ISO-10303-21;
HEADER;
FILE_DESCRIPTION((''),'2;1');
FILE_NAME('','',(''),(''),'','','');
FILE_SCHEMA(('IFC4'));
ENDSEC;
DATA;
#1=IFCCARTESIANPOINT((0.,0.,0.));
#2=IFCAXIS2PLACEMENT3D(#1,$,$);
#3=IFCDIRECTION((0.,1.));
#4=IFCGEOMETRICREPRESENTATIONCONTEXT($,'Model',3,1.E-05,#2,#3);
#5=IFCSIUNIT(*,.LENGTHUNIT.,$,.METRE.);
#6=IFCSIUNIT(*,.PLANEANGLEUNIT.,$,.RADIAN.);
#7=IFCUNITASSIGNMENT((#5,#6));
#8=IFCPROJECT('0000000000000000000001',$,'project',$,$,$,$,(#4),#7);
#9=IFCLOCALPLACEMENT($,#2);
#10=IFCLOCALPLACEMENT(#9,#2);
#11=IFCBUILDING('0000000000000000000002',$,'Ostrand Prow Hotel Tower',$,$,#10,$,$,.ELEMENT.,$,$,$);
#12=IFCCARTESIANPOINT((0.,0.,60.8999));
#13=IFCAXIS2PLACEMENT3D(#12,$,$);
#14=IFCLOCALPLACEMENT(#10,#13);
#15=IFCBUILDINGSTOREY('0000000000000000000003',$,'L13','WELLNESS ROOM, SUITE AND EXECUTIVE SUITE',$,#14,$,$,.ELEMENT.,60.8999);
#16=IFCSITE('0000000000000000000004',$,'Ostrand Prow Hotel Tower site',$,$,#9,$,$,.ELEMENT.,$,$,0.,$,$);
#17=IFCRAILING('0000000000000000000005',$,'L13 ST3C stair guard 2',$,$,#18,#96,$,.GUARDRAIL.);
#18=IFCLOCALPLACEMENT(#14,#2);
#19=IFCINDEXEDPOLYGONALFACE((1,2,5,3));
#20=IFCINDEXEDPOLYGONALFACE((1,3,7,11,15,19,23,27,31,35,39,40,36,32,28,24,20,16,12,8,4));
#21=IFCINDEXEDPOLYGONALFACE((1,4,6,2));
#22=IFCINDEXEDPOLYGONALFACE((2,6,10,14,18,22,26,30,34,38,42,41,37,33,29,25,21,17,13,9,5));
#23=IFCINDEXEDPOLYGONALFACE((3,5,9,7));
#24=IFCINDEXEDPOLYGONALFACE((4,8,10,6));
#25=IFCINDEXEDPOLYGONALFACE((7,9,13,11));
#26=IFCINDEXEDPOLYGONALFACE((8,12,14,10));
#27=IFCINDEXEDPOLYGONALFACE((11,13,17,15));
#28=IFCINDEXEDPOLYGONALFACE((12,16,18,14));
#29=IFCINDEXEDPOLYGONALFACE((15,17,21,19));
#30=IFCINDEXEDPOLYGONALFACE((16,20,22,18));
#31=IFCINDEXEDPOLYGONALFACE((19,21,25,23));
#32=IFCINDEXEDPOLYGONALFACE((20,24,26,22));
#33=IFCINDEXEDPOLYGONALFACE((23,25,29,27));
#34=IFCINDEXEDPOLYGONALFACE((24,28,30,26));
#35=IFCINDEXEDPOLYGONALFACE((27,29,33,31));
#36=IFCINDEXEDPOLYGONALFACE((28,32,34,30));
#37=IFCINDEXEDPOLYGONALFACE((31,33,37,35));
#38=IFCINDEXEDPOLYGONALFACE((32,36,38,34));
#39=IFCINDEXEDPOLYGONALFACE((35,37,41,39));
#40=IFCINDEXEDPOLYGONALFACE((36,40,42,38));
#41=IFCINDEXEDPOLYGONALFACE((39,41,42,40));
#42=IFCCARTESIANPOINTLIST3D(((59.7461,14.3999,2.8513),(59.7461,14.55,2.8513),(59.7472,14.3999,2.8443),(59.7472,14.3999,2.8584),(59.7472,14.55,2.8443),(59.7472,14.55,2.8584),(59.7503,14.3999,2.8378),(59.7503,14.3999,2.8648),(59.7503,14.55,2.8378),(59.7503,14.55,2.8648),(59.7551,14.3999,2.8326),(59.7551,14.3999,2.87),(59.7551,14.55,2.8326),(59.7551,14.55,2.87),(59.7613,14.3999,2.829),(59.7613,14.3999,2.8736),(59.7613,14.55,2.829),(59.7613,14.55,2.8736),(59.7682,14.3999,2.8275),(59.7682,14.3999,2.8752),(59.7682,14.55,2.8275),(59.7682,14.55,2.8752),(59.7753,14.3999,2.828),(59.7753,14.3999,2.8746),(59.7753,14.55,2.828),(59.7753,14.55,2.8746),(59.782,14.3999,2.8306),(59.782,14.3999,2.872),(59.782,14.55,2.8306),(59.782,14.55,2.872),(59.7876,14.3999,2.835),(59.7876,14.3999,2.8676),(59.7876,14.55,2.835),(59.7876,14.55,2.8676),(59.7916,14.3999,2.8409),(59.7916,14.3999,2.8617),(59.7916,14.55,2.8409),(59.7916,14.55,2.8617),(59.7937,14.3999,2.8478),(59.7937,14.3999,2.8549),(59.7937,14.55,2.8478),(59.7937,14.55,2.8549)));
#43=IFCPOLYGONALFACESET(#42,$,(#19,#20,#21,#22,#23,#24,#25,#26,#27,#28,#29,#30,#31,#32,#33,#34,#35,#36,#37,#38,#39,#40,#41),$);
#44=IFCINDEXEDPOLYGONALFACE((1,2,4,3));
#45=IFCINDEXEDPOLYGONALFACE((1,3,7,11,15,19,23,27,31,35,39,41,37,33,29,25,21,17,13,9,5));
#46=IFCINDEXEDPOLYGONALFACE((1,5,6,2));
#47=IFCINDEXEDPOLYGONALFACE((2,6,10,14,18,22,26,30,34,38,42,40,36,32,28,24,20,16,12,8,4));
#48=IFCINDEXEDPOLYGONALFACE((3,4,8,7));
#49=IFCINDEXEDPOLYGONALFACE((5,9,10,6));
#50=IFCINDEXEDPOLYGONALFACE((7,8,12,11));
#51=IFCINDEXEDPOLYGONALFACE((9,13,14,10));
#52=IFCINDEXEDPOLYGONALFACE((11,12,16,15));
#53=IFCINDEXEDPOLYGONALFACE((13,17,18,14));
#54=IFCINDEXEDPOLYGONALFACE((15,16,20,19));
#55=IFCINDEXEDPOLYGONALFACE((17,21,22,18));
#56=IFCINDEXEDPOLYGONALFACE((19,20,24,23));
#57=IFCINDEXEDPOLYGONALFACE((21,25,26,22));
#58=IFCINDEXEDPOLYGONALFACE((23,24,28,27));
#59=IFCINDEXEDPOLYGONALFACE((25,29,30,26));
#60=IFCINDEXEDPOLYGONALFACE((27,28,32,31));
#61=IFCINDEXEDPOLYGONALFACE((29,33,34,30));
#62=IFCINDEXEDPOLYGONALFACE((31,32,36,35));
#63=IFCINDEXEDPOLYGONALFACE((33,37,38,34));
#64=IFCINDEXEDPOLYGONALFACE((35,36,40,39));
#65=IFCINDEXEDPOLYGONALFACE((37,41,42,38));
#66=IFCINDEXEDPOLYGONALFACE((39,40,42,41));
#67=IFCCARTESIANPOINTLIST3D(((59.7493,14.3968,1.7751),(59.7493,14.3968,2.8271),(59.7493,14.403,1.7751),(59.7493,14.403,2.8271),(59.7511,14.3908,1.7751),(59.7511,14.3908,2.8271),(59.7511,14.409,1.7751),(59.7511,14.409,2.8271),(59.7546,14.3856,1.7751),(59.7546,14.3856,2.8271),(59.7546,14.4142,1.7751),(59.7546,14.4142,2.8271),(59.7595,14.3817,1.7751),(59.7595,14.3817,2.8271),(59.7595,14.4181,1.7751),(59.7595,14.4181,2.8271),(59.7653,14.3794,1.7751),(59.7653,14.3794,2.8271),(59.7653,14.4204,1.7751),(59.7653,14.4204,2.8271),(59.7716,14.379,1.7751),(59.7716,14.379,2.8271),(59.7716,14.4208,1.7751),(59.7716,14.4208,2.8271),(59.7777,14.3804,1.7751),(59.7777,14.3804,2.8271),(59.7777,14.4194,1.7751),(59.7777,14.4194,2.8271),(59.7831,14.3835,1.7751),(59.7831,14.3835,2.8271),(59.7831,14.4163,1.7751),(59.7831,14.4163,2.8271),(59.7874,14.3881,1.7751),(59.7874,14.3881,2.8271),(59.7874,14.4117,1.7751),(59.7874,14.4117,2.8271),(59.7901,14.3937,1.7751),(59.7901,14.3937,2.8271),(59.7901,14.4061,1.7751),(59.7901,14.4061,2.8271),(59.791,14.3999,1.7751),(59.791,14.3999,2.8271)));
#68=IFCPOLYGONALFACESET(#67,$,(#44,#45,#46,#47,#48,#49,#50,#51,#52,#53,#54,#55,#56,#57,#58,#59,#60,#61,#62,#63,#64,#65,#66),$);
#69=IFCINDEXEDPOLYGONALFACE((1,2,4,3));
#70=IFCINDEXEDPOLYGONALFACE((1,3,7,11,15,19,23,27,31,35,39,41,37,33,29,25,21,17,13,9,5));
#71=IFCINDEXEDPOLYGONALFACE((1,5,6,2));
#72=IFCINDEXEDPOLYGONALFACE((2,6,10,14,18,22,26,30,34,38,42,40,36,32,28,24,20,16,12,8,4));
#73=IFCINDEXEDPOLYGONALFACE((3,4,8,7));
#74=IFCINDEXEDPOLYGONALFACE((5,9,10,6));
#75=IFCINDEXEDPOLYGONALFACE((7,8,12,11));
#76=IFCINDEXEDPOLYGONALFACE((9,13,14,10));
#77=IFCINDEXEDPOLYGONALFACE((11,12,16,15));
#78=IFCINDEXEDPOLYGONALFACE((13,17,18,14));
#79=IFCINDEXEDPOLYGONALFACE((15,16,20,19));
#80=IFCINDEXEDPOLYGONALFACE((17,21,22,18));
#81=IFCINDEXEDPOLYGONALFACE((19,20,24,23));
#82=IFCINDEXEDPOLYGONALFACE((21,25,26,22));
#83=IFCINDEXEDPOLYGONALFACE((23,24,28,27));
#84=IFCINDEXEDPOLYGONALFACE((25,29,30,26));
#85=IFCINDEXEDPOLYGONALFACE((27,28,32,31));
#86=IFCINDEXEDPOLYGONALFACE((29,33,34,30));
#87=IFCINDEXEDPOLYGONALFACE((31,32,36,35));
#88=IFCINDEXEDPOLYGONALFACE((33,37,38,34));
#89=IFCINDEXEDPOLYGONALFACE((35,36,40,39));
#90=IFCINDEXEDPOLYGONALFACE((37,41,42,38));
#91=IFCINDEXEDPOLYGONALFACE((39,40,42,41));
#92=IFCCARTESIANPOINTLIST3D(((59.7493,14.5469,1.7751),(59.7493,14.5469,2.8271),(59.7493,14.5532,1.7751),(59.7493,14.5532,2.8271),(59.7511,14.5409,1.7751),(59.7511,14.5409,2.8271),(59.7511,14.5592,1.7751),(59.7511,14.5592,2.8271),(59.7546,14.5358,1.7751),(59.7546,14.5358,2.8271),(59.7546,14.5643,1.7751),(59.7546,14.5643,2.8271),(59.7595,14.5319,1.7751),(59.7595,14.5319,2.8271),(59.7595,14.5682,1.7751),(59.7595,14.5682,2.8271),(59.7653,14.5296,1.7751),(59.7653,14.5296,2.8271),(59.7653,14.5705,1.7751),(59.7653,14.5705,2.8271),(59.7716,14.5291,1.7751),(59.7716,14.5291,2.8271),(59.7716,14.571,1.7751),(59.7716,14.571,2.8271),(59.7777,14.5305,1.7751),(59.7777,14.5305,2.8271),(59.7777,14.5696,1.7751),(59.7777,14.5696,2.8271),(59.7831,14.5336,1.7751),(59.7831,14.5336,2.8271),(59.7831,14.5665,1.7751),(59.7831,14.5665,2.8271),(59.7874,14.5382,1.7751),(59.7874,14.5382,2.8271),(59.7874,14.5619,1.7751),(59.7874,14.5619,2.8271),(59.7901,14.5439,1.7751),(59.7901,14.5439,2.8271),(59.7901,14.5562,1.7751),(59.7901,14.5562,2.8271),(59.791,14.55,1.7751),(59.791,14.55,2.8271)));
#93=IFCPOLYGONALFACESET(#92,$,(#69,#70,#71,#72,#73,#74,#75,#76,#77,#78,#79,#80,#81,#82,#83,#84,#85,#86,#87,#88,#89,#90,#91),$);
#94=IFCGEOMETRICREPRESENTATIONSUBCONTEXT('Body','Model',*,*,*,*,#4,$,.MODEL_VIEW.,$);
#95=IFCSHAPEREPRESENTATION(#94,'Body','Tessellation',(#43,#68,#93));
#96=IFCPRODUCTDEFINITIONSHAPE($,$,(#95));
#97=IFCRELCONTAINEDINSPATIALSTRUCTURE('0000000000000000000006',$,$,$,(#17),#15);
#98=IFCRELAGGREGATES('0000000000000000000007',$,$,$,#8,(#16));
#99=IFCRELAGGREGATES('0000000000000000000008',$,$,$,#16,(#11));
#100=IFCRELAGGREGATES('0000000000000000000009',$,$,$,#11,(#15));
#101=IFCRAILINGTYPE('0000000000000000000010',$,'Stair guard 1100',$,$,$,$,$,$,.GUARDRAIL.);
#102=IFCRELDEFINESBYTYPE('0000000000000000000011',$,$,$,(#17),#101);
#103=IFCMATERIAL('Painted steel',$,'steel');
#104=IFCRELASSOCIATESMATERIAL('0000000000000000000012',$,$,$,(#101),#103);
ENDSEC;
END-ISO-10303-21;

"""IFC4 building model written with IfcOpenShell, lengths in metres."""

from ifc_helpers import new_model, si_unit, direction, frame, origin, origin_2d, place, context, subcontext, project, spatial, circle, extrude, material, type_object, element, save


model = new_model("IFC4")

# Units and contexts
model_context = context("Model", 3, precision=1e-05, world=origin(), true_north=direction((0.0, 1.0)))
body_context = subcontext(model_context, "Body", "Model", "MODEL_VIEW")
ifc_project = project(units=[si_unit("LENGTHUNIT", "METRE"), si_unit("PLANEANGLEUNIT", "RADIAN")], contexts=[model_context])

# Site, building, storey
site_placement = place(None, origin())
site = spatial("IfcSite", under=ifc_project, at=site_placement, Name="Ostrand Prow Hotel Tower site", CompositionType="ELEMENT", RefElevation=0.0)
building_placement = place(site_placement, origin())
building = spatial("IfcBuilding", under=site, at=building_placement, Name="Ostrand Prow Hotel Tower", CompositionType="ELEMENT")
storey_placement = place(building_placement, frame((0.0, 0.0, 60.8999)))
storey = spatial("IfcBuildingStorey", under=building, at=storey_placement, Name="L13", Description="WELLNESS ROOM, SUITE AND EXECUTIVE SUITE", CompositionType="ELEMENT", Elevation=60.8999)

# Railing
ifc_material_1 = material(Name="Painted steel", Category="steel")
railing_type_1 = type_object("IfcRailingType", Name="Stair guard 1100", PredefinedType="GUARDRAIL", material=ifc_material_1)
railing_1_placement = place(storey_placement, frame((59.77, 14.3999, 1.7751)))
element("IfcRailing", 1, at=railing_1_placement, inside=storey, type_object=railing_type_1, Name="L13 ST3C stair guard 2", PredefinedType="GUARDRAIL", context=body_context, shape_type="SweptSolid", body=[
    extrude(circle(Radius=0.0239, at=origin_2d()), frame((0.0, 0.0, 1.0762), z_axis=(0.0, 1.0, 0.0), x_axis=(-1.0, 0.0, 0.0)), (0.0, 0.0, 1.0), 0.1501),
    extrude(circle(Radius=0.021, at=origin_2d()), origin(), (0.0, 0.0, 1.0), 1.052),
    extrude(circle(Radius=0.021, at=origin_2d()), frame((0.0, 0.1501, 0.0)), (0.0, 0.0, 1.0), 1.052),
])

save(model, "model.ifc")
